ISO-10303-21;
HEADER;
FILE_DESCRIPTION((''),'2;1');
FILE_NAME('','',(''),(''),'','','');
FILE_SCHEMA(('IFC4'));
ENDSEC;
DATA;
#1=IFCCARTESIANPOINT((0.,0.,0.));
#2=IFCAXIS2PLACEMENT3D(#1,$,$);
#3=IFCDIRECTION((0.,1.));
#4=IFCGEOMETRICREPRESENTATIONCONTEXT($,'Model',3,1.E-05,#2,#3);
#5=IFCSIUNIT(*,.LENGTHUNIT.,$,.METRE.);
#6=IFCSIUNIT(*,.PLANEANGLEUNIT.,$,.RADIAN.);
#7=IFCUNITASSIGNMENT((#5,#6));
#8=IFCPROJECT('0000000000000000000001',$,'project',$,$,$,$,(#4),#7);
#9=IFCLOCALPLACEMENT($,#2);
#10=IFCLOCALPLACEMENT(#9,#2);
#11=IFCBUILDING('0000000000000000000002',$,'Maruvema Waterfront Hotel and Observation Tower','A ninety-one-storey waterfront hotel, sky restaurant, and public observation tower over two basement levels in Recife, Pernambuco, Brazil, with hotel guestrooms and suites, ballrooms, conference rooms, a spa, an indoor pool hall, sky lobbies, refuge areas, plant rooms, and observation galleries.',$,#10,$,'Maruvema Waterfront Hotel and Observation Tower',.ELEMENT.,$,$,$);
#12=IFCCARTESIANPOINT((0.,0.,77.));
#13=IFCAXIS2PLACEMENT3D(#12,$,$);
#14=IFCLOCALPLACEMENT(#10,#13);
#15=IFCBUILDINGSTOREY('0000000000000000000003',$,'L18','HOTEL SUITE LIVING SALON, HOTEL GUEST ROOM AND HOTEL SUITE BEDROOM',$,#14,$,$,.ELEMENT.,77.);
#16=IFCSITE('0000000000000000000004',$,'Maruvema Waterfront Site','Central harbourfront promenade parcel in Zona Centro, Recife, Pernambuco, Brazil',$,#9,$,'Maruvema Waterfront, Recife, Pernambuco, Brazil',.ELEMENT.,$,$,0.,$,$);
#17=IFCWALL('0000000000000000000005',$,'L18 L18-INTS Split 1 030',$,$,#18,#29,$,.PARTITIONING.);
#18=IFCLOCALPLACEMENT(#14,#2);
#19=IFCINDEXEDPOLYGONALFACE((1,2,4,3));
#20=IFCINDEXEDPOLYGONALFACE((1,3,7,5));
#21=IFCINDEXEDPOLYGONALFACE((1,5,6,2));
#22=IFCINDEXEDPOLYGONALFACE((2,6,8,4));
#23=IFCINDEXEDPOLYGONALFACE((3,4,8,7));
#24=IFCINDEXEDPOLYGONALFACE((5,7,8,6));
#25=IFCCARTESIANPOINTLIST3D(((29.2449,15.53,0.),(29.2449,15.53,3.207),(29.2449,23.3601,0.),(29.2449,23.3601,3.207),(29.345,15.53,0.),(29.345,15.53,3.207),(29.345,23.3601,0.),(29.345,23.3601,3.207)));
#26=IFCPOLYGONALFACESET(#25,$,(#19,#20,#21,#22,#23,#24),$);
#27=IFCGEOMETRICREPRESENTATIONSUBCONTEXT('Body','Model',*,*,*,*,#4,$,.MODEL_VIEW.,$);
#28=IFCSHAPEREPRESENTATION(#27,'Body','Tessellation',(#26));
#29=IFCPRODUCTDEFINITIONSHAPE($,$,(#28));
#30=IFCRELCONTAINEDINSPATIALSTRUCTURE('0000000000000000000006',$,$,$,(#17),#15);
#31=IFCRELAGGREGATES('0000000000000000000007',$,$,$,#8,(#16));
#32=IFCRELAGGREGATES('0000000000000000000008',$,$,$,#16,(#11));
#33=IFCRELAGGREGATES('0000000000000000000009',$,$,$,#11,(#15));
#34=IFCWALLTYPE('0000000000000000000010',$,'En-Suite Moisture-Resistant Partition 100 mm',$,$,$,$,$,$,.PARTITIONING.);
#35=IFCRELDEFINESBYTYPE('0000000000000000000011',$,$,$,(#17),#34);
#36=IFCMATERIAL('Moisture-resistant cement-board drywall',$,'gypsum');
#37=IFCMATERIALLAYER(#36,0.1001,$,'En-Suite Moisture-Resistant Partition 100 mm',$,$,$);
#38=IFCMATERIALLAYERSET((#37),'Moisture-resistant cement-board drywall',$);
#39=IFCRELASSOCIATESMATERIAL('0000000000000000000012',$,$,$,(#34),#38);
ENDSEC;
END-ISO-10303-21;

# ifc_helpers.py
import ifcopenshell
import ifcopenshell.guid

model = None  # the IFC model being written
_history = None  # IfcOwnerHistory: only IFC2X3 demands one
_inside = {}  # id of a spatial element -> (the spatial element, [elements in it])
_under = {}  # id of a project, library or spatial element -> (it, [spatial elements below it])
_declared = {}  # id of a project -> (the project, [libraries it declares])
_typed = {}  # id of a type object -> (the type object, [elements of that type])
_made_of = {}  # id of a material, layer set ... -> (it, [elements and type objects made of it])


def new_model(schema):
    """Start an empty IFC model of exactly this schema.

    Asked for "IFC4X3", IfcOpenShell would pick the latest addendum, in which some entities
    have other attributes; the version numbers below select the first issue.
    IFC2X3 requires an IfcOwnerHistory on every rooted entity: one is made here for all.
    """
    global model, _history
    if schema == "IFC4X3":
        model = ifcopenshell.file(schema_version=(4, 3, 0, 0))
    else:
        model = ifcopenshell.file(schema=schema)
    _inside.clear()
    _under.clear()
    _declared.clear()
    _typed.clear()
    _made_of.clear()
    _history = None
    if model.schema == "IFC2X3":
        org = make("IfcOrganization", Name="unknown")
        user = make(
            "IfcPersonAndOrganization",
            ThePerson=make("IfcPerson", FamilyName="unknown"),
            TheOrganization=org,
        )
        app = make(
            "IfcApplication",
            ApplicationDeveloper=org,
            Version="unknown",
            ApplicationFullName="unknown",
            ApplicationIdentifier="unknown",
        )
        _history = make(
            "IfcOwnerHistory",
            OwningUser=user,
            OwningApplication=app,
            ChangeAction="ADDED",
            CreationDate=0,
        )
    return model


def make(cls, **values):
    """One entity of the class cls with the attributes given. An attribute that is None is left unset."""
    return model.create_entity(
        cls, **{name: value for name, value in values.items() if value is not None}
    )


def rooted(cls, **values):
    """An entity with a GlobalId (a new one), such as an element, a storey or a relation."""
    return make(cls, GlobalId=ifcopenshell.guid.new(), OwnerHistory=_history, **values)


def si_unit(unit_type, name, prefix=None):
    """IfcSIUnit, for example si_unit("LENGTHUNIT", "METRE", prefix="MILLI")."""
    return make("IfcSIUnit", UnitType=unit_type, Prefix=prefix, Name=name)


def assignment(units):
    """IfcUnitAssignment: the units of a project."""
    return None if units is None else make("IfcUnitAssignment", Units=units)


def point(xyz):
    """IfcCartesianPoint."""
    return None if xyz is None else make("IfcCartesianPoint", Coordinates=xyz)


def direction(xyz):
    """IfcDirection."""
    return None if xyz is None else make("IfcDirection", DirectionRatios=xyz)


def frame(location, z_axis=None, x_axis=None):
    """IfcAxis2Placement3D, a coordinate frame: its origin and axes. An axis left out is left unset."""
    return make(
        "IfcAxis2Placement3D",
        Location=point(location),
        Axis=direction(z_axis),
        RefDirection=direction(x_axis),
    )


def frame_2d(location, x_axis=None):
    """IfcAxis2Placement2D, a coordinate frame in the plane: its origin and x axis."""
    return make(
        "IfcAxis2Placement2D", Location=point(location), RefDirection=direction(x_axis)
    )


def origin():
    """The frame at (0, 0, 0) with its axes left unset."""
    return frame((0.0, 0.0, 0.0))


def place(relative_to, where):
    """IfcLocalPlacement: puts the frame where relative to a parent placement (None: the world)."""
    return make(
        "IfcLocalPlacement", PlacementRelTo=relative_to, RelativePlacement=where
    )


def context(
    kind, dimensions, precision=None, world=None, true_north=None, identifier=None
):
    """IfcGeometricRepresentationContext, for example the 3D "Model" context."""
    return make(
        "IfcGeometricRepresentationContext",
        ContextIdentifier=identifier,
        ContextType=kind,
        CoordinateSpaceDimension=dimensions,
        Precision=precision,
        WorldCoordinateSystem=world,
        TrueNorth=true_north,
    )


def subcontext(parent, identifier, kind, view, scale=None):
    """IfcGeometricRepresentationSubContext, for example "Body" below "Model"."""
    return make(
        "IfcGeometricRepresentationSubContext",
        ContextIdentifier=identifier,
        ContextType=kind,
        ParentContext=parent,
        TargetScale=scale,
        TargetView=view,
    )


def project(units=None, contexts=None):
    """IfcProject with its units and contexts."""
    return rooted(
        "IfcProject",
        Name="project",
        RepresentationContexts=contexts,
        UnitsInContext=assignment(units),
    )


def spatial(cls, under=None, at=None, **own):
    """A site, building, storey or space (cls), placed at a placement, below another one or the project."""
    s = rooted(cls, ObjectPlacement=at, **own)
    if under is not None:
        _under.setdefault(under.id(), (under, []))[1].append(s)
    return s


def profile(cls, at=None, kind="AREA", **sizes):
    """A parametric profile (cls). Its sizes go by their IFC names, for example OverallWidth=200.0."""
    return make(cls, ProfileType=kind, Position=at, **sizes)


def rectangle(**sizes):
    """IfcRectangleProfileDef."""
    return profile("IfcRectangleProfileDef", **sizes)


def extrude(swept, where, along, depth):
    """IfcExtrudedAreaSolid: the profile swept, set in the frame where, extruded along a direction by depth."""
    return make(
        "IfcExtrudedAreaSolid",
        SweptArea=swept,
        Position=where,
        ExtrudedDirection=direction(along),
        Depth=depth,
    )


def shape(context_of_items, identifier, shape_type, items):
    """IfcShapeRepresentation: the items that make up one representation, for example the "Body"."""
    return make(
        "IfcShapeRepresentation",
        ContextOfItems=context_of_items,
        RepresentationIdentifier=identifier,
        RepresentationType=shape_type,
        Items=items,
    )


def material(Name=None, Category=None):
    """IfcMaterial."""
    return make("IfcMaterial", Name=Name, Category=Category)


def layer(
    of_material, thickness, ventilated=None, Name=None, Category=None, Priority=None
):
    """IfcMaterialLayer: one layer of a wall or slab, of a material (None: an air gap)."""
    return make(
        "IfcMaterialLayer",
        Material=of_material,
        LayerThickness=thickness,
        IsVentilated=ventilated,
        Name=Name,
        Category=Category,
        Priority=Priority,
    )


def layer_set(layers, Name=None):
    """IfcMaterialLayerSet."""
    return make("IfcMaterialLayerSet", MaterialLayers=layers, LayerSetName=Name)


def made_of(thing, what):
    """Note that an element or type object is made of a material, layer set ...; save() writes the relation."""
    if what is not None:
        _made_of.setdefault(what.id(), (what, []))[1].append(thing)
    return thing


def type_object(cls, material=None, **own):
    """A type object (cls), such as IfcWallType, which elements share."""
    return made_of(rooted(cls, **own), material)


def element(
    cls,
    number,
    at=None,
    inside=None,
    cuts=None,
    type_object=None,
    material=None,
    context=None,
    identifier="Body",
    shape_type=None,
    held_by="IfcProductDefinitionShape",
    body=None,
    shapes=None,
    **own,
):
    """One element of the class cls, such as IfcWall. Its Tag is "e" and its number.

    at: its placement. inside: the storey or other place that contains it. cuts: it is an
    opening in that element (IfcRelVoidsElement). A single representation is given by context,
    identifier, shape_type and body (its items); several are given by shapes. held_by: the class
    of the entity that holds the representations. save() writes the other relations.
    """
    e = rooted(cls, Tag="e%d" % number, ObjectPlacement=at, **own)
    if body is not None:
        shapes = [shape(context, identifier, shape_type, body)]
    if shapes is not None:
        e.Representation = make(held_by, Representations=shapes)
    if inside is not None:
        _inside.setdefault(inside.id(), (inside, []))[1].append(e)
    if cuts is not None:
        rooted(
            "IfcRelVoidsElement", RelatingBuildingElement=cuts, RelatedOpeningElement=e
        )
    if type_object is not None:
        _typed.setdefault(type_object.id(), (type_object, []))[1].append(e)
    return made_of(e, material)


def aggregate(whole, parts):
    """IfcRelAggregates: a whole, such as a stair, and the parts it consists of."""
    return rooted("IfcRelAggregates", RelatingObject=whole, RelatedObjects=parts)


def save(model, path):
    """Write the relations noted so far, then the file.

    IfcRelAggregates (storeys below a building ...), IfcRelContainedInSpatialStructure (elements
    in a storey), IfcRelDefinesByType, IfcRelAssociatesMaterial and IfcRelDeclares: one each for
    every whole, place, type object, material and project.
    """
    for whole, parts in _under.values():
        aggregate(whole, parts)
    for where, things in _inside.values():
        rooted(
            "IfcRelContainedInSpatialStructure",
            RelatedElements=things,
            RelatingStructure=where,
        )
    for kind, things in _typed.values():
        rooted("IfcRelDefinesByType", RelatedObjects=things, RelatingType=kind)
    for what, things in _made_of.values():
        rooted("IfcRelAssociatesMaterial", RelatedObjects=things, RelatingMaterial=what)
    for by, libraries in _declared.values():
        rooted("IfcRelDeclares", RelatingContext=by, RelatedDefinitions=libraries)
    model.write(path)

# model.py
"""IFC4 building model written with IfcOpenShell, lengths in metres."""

from ifc_helpers import new_model, si_unit, direction, frame, frame_2d, origin, place, context, subcontext, project, spatial, rectangle, extrude, material, layer, layer_set, type_object, element, save


model = new_model("IFC4")

# Units and contexts
model_context = context("Model", 3, precision=1e-05, world=origin(), true_north=direction((0.0, 1.0)))
body_context = subcontext(model_context, "Body", "Model", "MODEL_VIEW")
ifc_project = project(units=[si_unit("LENGTHUNIT", "METRE"), si_unit("PLANEANGLEUNIT", "RADIAN")], contexts=[model_context])

# Site, building, storey
site_placement = place(None, origin())
site = spatial("IfcSite", under=ifc_project, at=site_placement, Name="Maruvema Waterfront Site", Description="Central harbourfront promenade parcel in Zona Centro, Recife, Pernambuco, Brazil", LongName="Maruvema Waterfront, Recife, Pernambuco, Brazil", CompositionType="ELEMENT", RefElevation=0.0)
building_placement = place(site_placement, origin())
building = spatial("IfcBuilding", under=site, at=building_placement, Name="Maruvema Waterfront Hotel and Observation Tower", Description="A ninety-one-storey waterfront hotel, sky restaurant, and public observation tower over two basement levels in Recife, Pernambuco, Brazil, with hotel guestrooms and suites, ballrooms, conference rooms, a spa, an indoor pool hall, sky lobbies, refuge areas, plant rooms, and observation galleries.", LongName="Maruvema Waterfront Hotel and Observation Tower", CompositionType="ELEMENT")
storey_placement = place(building_placement, frame((0.0, 0.0, 77.0)))
storey = spatial("IfcBuildingStorey", under=building, at=storey_placement, Name="L18", Description="HOTEL SUITE LIVING SALON, HOTEL GUEST ROOM AND HOTEL SUITE BEDROOM", CompositionType="ELEMENT", Elevation=77.0)

# Wall
ifc_material_1 = material(Name="Moisture-resistant cement-board drywall", Category="gypsum")
ifc_layer_1 = layer(ifc_material_1, 0.1001, Name="En-Suite Moisture-Resistant Partition 100 mm")
ifc_layer_set_1 = layer_set([ifc_layer_1], Name="Moisture-resistant cement-board drywall")
wall_type_1 = type_object("IfcWallType", Name="En-Suite Moisture-Resistant Partition 100 mm", PredefinedType="PARTITIONING", material=ifc_layer_set_1)
wall_1_placement = place(storey_placement, frame((29.2949, 15.53, 0.0), z_axis=(0.0, 0.0, 1.0), x_axis=(0.0, 1.0, 0.0)))
element("IfcWall", 1, at=wall_1_placement, inside=storey, type_object=wall_type_1, Name="L18 L18-INTS Split 1 030", PredefinedType="PARTITIONING", context=body_context, shape_type="SweptSolid", body=[
    extrude(rectangle(XDim=7.8301, YDim=0.1001, at=frame_2d((3.915, 0.0))), origin(), (0.0, 0.0, 1.0), 3.207),
])

save(model, "model.ifc")
